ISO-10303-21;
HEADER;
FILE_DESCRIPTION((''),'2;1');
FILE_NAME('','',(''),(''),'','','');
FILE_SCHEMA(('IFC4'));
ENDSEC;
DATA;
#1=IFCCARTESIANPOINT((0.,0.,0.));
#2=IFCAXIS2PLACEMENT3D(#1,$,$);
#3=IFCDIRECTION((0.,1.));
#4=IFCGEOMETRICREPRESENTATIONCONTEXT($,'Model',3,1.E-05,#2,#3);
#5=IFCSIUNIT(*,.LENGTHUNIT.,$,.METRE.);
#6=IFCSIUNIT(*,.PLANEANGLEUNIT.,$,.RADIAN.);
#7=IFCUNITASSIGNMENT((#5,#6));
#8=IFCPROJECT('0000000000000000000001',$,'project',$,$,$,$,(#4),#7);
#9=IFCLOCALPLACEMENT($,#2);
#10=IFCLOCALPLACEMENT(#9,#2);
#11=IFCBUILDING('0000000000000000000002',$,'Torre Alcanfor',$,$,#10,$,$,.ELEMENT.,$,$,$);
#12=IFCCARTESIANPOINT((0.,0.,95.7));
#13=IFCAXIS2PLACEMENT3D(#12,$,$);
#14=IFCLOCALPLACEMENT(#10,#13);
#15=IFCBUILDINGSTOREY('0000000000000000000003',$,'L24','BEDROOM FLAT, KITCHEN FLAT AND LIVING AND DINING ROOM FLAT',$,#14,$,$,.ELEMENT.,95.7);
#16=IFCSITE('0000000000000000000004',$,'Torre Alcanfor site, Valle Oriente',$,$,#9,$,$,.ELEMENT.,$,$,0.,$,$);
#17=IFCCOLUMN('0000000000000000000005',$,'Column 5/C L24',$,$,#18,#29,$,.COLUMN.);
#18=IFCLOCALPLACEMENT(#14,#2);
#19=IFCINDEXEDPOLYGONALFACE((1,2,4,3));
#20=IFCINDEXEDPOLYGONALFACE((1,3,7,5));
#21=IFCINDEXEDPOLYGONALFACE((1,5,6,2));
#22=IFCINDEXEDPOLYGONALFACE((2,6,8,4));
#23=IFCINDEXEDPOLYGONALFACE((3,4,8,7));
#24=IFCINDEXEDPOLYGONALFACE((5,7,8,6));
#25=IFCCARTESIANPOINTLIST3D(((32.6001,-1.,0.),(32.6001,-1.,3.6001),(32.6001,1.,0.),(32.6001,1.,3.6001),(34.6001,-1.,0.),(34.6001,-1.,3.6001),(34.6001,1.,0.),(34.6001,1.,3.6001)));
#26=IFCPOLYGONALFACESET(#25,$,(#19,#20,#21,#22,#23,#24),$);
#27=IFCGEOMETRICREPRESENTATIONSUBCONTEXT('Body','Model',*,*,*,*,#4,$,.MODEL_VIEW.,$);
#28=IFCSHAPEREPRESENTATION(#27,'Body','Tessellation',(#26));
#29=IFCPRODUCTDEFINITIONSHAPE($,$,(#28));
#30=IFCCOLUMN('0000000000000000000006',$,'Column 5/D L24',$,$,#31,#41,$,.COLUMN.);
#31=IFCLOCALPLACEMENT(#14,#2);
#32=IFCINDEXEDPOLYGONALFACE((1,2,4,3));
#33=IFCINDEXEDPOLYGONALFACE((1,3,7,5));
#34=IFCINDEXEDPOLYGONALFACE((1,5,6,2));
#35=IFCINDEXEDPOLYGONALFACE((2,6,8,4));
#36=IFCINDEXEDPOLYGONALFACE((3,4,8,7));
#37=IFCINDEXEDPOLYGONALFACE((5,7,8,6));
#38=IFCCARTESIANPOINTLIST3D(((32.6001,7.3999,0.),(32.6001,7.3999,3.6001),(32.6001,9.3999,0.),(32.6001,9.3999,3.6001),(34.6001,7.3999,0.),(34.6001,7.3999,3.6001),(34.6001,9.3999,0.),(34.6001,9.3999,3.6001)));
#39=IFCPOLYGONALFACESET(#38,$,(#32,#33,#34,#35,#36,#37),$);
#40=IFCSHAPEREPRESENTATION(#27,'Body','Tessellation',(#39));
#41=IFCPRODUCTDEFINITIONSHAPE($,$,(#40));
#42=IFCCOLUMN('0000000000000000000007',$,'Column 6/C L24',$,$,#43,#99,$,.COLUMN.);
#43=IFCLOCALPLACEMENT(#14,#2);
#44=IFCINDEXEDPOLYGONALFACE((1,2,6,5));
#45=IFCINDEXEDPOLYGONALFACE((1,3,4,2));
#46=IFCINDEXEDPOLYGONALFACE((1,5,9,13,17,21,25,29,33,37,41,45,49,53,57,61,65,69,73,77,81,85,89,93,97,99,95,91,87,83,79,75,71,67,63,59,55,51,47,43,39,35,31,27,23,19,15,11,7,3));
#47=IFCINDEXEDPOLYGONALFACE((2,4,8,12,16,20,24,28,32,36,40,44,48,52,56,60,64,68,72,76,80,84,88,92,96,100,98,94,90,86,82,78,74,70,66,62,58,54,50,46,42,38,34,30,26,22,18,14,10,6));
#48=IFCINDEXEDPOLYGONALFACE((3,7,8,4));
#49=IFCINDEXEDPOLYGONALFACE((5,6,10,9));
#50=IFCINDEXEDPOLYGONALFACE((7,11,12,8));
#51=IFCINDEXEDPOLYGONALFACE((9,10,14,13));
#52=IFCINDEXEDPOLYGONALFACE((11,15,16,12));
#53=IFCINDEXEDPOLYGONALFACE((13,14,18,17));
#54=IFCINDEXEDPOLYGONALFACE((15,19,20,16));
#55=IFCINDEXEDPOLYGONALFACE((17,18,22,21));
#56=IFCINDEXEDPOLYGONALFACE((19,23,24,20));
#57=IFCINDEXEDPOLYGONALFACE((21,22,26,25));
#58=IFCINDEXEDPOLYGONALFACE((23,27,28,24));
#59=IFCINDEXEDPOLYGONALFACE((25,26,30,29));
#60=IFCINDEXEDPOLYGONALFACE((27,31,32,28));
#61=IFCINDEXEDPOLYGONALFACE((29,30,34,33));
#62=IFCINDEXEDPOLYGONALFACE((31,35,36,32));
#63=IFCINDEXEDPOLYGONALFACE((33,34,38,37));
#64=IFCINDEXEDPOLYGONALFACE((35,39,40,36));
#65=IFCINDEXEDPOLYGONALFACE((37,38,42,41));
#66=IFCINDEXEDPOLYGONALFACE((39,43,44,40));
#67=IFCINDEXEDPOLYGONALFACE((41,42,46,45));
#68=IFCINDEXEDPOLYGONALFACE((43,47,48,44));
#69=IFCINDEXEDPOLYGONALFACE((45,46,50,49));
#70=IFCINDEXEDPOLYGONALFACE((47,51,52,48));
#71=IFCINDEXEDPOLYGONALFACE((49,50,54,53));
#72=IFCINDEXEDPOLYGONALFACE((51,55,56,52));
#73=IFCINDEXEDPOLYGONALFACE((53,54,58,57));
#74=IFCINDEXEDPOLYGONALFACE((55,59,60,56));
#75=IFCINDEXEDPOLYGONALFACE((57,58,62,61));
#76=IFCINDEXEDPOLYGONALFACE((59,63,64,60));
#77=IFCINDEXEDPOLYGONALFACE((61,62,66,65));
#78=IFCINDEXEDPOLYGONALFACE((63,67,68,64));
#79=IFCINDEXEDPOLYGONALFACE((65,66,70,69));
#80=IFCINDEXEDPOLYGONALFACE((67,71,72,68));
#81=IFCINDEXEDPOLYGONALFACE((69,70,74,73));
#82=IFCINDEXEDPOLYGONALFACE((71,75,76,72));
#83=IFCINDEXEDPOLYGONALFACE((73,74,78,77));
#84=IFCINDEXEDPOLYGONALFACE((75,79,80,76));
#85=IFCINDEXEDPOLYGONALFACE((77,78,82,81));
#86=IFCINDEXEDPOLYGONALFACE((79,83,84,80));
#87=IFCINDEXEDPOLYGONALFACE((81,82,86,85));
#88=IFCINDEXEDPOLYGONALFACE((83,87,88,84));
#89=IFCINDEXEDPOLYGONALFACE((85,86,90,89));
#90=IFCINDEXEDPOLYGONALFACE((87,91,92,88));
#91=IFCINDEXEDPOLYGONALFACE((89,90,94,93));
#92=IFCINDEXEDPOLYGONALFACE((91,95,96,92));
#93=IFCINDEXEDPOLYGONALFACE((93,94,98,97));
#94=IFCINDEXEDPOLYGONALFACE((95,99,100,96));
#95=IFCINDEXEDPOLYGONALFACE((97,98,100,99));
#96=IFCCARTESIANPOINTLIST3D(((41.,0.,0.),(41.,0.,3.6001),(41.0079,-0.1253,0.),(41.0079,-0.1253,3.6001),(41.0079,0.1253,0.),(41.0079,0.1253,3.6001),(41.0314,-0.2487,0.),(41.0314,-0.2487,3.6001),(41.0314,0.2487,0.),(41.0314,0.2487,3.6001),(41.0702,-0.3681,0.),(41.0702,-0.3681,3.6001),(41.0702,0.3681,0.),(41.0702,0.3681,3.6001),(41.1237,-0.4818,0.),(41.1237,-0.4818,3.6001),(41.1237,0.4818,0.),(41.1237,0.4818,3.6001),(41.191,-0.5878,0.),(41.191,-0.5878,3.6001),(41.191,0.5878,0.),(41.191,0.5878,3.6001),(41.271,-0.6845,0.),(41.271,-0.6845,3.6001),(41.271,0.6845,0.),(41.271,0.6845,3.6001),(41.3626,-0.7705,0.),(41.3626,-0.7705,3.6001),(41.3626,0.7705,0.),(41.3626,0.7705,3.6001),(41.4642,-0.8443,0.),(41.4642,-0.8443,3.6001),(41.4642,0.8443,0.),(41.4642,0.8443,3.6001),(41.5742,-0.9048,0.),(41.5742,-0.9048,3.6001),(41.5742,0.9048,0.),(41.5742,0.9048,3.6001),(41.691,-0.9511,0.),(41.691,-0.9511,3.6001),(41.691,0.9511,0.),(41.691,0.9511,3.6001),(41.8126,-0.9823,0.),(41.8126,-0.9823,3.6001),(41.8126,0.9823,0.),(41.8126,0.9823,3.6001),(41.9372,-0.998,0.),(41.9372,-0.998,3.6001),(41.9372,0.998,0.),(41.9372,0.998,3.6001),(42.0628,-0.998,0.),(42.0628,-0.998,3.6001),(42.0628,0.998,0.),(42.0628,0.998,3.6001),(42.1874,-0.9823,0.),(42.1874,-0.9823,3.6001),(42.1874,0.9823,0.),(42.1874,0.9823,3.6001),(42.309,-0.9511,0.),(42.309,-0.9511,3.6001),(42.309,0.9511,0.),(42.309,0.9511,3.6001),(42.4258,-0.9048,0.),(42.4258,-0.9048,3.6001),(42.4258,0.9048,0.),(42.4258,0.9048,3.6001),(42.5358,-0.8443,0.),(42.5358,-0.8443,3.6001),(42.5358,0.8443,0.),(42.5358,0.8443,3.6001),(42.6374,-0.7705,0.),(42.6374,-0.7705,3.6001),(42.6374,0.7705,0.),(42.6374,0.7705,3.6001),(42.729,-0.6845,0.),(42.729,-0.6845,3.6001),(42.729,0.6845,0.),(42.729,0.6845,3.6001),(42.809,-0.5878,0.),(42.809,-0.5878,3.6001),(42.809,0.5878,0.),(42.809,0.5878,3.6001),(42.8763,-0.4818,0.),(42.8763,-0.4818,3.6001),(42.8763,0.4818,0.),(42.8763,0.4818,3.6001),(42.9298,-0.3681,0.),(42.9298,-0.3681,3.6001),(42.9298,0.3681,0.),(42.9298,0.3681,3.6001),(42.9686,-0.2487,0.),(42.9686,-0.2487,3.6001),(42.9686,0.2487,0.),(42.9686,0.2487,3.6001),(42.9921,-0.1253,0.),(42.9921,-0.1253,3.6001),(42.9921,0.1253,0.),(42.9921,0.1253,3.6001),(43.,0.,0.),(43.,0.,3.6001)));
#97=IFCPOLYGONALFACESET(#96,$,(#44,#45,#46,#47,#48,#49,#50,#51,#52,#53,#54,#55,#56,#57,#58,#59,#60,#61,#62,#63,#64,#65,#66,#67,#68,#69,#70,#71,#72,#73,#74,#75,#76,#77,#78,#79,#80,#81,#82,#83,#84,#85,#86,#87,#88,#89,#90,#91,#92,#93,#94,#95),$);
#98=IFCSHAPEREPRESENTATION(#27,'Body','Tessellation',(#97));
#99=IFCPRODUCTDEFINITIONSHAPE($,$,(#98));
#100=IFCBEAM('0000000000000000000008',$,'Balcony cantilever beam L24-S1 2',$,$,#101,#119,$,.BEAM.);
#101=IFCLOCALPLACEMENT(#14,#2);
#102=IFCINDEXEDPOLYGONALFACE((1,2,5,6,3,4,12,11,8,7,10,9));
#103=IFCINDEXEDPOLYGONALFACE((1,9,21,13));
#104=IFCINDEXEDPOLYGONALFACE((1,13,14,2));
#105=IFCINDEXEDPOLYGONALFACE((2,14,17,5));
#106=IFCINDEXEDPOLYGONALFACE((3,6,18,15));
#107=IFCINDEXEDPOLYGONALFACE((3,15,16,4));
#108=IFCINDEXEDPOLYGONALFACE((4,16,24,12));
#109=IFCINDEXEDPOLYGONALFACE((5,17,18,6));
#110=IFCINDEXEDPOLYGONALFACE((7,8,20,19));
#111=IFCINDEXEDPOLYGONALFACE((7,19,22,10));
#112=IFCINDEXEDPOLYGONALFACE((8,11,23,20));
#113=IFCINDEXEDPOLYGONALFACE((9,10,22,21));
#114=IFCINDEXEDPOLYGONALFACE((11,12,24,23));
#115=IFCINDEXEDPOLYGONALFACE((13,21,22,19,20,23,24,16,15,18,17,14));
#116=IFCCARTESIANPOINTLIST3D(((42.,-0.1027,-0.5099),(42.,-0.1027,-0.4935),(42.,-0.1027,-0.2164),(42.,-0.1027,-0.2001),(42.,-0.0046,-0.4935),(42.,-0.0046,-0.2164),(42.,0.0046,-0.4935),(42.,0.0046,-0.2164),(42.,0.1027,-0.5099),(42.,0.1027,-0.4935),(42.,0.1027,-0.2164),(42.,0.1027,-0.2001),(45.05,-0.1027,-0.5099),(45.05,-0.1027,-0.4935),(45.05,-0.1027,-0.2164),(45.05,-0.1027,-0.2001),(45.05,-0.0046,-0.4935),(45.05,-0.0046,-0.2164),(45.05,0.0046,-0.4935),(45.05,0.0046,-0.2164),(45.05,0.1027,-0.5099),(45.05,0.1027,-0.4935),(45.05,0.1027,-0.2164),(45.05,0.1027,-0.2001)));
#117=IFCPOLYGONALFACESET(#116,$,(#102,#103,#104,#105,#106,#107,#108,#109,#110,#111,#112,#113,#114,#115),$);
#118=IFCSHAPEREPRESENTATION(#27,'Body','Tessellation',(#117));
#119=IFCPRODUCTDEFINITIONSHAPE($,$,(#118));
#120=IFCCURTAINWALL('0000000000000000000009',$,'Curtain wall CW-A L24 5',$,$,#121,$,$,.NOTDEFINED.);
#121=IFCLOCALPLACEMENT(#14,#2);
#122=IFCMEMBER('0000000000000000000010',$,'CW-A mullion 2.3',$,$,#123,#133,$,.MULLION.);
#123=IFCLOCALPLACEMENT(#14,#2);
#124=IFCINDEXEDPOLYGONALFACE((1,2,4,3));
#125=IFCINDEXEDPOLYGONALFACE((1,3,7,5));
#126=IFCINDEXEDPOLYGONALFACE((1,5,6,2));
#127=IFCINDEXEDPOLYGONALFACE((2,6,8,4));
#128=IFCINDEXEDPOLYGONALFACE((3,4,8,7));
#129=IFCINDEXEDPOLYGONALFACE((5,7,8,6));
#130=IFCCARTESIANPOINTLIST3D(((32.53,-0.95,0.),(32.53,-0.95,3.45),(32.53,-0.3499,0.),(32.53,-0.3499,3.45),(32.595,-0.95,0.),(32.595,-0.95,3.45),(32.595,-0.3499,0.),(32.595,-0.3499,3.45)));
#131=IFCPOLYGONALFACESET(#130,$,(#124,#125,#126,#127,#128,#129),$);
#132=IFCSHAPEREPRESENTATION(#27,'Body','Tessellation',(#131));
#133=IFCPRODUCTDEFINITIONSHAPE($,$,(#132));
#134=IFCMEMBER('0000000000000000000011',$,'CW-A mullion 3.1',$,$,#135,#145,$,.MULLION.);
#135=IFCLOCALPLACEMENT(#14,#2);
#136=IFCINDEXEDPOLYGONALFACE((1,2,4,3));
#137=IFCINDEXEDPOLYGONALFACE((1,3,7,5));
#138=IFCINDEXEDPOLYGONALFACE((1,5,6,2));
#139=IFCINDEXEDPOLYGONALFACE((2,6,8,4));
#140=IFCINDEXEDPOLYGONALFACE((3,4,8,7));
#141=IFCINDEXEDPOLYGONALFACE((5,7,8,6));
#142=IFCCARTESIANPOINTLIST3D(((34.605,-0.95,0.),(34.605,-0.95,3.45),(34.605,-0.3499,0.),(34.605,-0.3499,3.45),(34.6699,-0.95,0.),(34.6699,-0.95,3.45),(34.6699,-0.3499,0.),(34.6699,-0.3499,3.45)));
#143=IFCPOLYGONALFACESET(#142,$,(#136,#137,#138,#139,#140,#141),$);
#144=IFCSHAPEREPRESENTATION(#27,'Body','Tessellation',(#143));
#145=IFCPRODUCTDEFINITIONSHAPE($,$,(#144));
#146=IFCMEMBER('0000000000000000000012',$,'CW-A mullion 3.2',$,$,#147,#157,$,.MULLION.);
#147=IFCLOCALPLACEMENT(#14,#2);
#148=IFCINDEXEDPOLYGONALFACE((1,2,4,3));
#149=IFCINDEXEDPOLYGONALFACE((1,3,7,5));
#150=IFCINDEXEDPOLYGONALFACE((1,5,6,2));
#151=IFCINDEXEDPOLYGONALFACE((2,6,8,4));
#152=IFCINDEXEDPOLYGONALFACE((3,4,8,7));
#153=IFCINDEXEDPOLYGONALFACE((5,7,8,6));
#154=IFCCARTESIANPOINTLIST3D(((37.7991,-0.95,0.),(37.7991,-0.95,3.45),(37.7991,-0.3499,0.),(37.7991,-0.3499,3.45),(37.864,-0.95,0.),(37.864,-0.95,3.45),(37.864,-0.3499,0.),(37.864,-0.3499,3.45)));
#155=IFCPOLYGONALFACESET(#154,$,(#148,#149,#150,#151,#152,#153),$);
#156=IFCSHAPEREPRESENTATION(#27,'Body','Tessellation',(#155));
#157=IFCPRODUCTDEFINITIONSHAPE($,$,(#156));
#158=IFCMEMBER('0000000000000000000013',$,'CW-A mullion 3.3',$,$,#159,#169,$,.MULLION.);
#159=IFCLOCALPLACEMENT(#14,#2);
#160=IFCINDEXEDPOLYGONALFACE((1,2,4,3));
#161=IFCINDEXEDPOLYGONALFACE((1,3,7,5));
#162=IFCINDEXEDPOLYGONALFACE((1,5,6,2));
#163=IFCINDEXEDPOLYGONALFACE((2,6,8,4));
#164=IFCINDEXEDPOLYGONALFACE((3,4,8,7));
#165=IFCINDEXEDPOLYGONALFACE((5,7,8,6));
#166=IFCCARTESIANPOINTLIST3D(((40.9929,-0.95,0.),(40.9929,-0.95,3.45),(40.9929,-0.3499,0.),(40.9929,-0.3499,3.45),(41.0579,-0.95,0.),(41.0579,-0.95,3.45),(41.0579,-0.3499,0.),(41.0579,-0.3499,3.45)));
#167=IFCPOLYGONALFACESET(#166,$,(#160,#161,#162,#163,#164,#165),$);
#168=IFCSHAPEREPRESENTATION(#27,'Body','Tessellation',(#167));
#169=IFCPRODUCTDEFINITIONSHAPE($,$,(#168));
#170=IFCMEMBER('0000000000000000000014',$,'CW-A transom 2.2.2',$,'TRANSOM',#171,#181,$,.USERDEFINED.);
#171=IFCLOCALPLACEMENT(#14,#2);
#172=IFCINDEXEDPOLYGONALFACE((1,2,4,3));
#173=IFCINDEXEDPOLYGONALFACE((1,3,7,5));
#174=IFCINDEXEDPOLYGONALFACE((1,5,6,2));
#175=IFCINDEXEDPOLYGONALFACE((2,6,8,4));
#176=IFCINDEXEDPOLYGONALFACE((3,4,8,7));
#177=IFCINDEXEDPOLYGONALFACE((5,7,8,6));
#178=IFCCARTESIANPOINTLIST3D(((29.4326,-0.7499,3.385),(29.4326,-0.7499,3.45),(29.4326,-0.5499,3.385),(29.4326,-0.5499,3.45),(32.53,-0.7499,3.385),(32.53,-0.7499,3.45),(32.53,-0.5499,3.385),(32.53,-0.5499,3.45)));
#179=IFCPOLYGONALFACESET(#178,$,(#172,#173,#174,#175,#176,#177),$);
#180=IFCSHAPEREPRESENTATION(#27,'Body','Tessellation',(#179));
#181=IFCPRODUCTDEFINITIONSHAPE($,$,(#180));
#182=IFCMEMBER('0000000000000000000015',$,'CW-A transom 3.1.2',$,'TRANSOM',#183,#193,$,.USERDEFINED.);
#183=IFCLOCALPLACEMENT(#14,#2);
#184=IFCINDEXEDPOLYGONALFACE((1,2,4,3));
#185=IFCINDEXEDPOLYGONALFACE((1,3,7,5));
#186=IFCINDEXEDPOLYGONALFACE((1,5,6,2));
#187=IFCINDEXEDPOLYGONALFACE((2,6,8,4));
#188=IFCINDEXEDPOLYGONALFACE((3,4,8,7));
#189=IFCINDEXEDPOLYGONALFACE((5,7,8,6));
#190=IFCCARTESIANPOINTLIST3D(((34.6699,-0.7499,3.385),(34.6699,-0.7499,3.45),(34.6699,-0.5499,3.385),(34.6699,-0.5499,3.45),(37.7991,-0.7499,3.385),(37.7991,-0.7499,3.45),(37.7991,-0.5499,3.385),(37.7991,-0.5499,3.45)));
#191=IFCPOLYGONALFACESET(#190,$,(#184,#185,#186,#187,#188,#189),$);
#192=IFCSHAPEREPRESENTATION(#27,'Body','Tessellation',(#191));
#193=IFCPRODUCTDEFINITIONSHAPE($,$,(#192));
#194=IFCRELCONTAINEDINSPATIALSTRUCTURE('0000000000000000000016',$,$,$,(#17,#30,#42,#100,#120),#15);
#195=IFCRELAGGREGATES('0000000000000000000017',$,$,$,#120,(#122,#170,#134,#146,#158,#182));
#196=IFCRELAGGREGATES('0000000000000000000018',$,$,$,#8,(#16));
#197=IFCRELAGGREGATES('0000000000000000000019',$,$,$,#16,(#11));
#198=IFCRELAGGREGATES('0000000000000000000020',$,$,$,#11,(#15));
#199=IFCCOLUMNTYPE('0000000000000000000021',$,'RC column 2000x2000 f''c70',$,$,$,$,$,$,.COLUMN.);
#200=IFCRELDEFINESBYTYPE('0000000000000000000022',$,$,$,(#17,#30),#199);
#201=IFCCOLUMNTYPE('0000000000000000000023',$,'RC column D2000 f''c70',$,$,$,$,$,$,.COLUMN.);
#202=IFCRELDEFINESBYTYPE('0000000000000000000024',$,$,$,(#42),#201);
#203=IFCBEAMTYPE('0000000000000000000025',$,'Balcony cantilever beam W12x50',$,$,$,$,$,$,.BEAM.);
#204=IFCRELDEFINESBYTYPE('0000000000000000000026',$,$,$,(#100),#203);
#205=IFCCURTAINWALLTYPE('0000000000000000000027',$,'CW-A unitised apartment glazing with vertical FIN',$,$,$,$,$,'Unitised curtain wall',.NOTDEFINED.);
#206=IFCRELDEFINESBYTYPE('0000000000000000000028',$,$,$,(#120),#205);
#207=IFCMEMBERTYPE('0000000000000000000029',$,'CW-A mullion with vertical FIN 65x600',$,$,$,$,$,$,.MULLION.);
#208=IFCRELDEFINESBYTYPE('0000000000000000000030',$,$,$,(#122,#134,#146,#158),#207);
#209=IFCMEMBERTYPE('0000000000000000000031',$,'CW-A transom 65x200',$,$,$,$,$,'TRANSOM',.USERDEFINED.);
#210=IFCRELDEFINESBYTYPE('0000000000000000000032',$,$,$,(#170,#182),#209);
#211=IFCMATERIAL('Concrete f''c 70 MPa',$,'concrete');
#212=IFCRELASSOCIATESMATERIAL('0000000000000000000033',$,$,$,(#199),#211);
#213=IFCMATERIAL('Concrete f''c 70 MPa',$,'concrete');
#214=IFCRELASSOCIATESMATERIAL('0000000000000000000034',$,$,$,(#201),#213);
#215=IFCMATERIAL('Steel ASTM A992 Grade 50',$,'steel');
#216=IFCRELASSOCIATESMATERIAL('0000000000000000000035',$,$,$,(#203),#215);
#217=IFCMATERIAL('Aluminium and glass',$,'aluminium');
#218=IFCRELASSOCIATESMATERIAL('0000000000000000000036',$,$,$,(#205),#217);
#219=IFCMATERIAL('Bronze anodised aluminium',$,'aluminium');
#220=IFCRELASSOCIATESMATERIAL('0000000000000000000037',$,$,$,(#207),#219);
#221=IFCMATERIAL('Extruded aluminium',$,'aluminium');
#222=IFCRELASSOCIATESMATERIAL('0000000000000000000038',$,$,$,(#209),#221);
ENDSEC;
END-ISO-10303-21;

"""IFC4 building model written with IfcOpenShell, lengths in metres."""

from ifc_helpers import new_model, si_unit, direction, frame, origin, origin_2d, place, context, subcontext, project, spatial, rectangle, circle, i_section, extrude, material, material_profile, profile_set, type_object, element, aggregate, save


model = new_model("IFC4")

# Units and contexts
model_context = context("Model", 3, precision=1e-05, world=origin(), true_north=direction((0.0, 1.0)))
body_context = subcontext(model_context, "Body", "Model", "MODEL_VIEW")
ifc_project = project(units=[si_unit("LENGTHUNIT", "METRE"), si_unit("PLANEANGLEUNIT", "RADIAN")], contexts=[model_context])

# Site, building, storey
site_placement = place(None, origin())
site = spatial("IfcSite", under=ifc_project, at=site_placement, Name="Torre Alcanfor site, Valle Oriente", CompositionType="ELEMENT", RefElevation=0.0)
building_placement = place(site_placement, origin())
building = spatial("IfcBuilding", under=site, at=building_placement, Name="Torre Alcanfor", CompositionType="ELEMENT")
storey_placement = place(building_placement, frame((0.0, 0.0, 95.7)))
storey = spatial("IfcBuildingStorey", under=building, at=storey_placement, Name="L24", Description="BEDROOM FLAT, KITCHEN FLAT AND LIVING AND DINING ROOM FLAT", CompositionType="ELEMENT", Elevation=95.7)

# Columns
ifc_material_1 = material(Name="Concrete f'c 70 MPa", Category="concrete")
ifc_material_profile_1 = material_profile(ifc_material_1, rectangle(XDim=2.0, YDim=2.0, at=origin_2d()), Name="2000x2000")
ifc_profile_set_1 = profile_set([ifc_material_profile_1], Name="Concrete f'c 70 MPa")
column_type_1 = type_object("IfcColumnType", Name="RC column 2000x2000 f'c70", PredefinedType="COLUMN", material=ifc_profile_set_1)
for number, where, z_axis, x_axis, name in (
    (1, (33.6001, 0.0, 0.0), (0.0, 0.0, 1.0), (1.0, 0.0, 0.0), "Column 5/C L24"),
    (2, (33.6001, 8.3999, 0.0), (0.0, 0.0, 1.0), (1.0, 0.0, 0.0), "Column 5/D L24"),
):
    element("IfcColumn", number, at=place(storey_placement, frame(where, z_axis=z_axis, x_axis=x_axis)), inside=storey, type_object=column_type_1, Name=name, PredefinedType="COLUMN", context=body_context, shape_type="SweptSolid", body=[
        extrude(rectangle(XDim=2.0, YDim=2.0, at=origin_2d()), origin(), (0.0, 0.0, 1.0), 3.6001),
    ])
ifc_material_2 = material(Name="Concrete f'c 70 MPa", Category="concrete")
ifc_material_profile_2 = material_profile(ifc_material_2, circle(Radius=1.0, at=origin_2d()), Name="D2000")
ifc_profile_set_2 = profile_set([ifc_material_profile_2], Name="Concrete f'c 70 MPa")
column_type_2 = type_object("IfcColumnType", Name="RC column D2000 f'c70", PredefinedType="COLUMN", material=ifc_profile_set_2)
column_placement = place(storey_placement, frame((42.0, 0.0, 0.0), z_axis=(0.0, 0.0, 1.0), x_axis=(1.0, 0.0, 0.0)))
element("IfcColumn", 3, at=column_placement, inside=storey, type_object=column_type_2, Name="Column 6/C L24", PredefinedType="COLUMN", context=body_context, shape_type="SweptSolid", body=[
    extrude(circle(Radius=1.0, at=origin_2d()), origin(), (0.0, 0.0, 1.0), 3.6001),
])

# Beam
ifc_material_3 = material(Name="Steel ASTM A992 Grade 50", Category="steel")
ifc_material_profile_3 = material_profile(ifc_material_3, i_section(OverallWidth=0.2053, OverallDepth=0.3098, WebThickness=0.0093, FlangeThickness=0.0164, at=origin_2d()), Name="W12x50")
ifc_profile_set_3 = profile_set([ifc_material_profile_3], Name="Steel ASTM A992 Grade 50")
beam_type_1 = type_object("IfcBeamType", Name="Balcony cantilever beam W12x50", PredefinedType="BEAM", material=ifc_profile_set_3)
beam_1_placement = place(storey_placement, frame((42.0, 0.0, -0.355), z_axis=(1.0, 0.0, 0.0), x_axis=(0.0, 1.0, 0.0)))
element("IfcBeam", 4, at=beam_1_placement, inside=storey, type_object=beam_type_1, Name="Balcony cantilever beam L24-S1 2", PredefinedType="BEAM", context=body_context, shape_type="SweptSolid", body=[
    extrude(i_section(OverallWidth=0.2053, OverallDepth=0.3098, WebThickness=0.0093, FlangeThickness=0.0164, at=origin_2d()), origin(), (0.0, 0.0, 1.0), 3.05),
])

# Curtain wall, members
ifc_material_4 = material(Name="Aluminium and glass", Category="aluminium")
curtain_wall_type = type_object("IfcCurtainWallType", Name="CW-A unitised apartment glazing with vertical FIN", ElementType="Unitised curtain wall", PredefinedType="NOTDEFINED", material=ifc_material_4)
curtain_wall_placement = place(storey_placement, origin())
curtain_wall = element("IfcCurtainWall", 5, at=curtain_wall_placement, inside=storey, type_object=curtain_wall_type, Name="Curtain wall CW-A L24 5", PredefinedType="NOTDEFINED")
ifc_material_5 = material(Name="Bronze anodised aluminium", Category="aluminium")
ifc_material_profile_4 = material_profile(ifc_material_5, rectangle(XDim=0.6001, YDim=0.0649, at=origin_2d()), Name="CW-A mullion 65x600")
ifc_profile_set_4 = profile_set([ifc_material_profile_4], Name="Bronze anodised aluminium")
member_type_1 = type_object("IfcMemberType", Name="CW-A mullion with vertical FIN 65x600", PredefinedType="MULLION", material=ifc_profile_set_4)
member_1_placement = place(storey_placement, frame((32.5625, -0.6499, 0.0), z_axis=(0.0, 0.0, 1.0), x_axis=(0.0, 1.0, 0.0)))
member_1 = element("IfcMember", 6, at=member_1_placement, type_object=member_type_1, Name="CW-A mullion 2.3", PredefinedType="MULLION", context=body_context, shape_type="SweptSolid", body=[
    extrude(rectangle(XDim=0.6001, YDim=0.0649, at=origin_2d()), origin(), (0.0, 0.0, 1.0), 3.45),
])
member_2_placement = place(storey_placement, frame((34.6375, -0.6499, 0.0), z_axis=(0.0, 0.0, 1.0), x_axis=(0.0, 1.0, 0.0)))
member_2 = element("IfcMember", 7, at=member_2_placement, type_object=member_type_1, Name="CW-A mullion 3.1", PredefinedType="MULLION", context=body_context, shape_type="SweptSolid", body=[
    extrude(rectangle(XDim=0.6001, YDim=0.0649, at=origin_2d()), origin(), (0.0, 0.0, 1.0), 3.45),
])
member_3_placement = place(storey_placement, frame((37.8315, -0.6499, 0.0), z_axis=(0.0, 0.0, 1.0), x_axis=(0.0, 1.0, 0.0)))
member_3 = element("IfcMember", 8, at=member_3_placement, type_object=member_type_1, Name="CW-A mullion 3.2", PredefinedType="MULLION", context=body_context, shape_type="SweptSolid", body=[
    extrude(rectangle(XDim=0.6001, YDim=0.0649, at=origin_2d()), origin(), (0.0, 0.0, 1.0), 3.45),
])
member_4_placement = place(storey_placement, frame((41.0254, -0.6499, 0.0), z_axis=(0.0, 0.0, 1.0), x_axis=(0.0, 1.0, 0.0)))
member_4 = element("IfcMember", 9, at=member_4_placement, type_object=member_type_1, Name="CW-A mullion 3.3", PredefinedType="MULLION", context=body_context, shape_type="SweptSolid", body=[
    extrude(rectangle(XDim=0.6001, YDim=0.0649, at=origin_2d()), origin(), (0.0, 0.0, 1.0), 3.45),
])
ifc_material_6 = material(Name="Extruded aluminium", Category="aluminium")
ifc_material_profile_5 = material_profile(ifc_material_6, rectangle(XDim=0.2, YDim=0.0649, at=origin_2d()), Name="CW-A transom 200x65")
ifc_profile_set_5 = profile_set([ifc_material_profile_5], Name="Extruded aluminium")
member_type_2 = type_object("IfcMemberType", Name="CW-A transom 65x200", ElementType="TRANSOM", PredefinedType="USERDEFINED", material=ifc_profile_set_5)
member_5_placement = place(storey_placement, frame((29.4326, -0.6499, 3.4175), z_axis=(1.0, 0.0, 0.0), x_axis=(0.0, 1.0, 0.0)))
member_5 = element("IfcMember", 10, at=member_5_placement, type_object=member_type_2, Name="CW-A transom 2.2.2", ObjectType="TRANSOM", PredefinedType="USERDEFINED", context=body_context, shape_type="SweptSolid", body=[
    extrude(rectangle(XDim=0.2, YDim=0.0649, at=origin_2d()), origin(), (0.0, 0.0, 1.0), 3.0974),
])
member_6_placement = place(storey_placement, frame((34.6699, -0.6499, 3.4175), z_axis=(1.0, 0.0, 0.0), x_axis=(0.0, 1.0, 0.0)))
member_6 = element("IfcMember", 11, at=member_6_placement, type_object=member_type_2, Name="CW-A transom 3.1.2", ObjectType="TRANSOM", PredefinedType="USERDEFINED", context=body_context, shape_type="SweptSolid", body=[
    extrude(rectangle(XDim=0.2, YDim=0.0649, at=origin_2d()), origin(), (0.0, 0.0, 1.0), 3.1292),
])

aggregate(curtain_wall, [member_1, member_5, member_2, member_3, member_4, member_6])

save(model, "model.ifc")
